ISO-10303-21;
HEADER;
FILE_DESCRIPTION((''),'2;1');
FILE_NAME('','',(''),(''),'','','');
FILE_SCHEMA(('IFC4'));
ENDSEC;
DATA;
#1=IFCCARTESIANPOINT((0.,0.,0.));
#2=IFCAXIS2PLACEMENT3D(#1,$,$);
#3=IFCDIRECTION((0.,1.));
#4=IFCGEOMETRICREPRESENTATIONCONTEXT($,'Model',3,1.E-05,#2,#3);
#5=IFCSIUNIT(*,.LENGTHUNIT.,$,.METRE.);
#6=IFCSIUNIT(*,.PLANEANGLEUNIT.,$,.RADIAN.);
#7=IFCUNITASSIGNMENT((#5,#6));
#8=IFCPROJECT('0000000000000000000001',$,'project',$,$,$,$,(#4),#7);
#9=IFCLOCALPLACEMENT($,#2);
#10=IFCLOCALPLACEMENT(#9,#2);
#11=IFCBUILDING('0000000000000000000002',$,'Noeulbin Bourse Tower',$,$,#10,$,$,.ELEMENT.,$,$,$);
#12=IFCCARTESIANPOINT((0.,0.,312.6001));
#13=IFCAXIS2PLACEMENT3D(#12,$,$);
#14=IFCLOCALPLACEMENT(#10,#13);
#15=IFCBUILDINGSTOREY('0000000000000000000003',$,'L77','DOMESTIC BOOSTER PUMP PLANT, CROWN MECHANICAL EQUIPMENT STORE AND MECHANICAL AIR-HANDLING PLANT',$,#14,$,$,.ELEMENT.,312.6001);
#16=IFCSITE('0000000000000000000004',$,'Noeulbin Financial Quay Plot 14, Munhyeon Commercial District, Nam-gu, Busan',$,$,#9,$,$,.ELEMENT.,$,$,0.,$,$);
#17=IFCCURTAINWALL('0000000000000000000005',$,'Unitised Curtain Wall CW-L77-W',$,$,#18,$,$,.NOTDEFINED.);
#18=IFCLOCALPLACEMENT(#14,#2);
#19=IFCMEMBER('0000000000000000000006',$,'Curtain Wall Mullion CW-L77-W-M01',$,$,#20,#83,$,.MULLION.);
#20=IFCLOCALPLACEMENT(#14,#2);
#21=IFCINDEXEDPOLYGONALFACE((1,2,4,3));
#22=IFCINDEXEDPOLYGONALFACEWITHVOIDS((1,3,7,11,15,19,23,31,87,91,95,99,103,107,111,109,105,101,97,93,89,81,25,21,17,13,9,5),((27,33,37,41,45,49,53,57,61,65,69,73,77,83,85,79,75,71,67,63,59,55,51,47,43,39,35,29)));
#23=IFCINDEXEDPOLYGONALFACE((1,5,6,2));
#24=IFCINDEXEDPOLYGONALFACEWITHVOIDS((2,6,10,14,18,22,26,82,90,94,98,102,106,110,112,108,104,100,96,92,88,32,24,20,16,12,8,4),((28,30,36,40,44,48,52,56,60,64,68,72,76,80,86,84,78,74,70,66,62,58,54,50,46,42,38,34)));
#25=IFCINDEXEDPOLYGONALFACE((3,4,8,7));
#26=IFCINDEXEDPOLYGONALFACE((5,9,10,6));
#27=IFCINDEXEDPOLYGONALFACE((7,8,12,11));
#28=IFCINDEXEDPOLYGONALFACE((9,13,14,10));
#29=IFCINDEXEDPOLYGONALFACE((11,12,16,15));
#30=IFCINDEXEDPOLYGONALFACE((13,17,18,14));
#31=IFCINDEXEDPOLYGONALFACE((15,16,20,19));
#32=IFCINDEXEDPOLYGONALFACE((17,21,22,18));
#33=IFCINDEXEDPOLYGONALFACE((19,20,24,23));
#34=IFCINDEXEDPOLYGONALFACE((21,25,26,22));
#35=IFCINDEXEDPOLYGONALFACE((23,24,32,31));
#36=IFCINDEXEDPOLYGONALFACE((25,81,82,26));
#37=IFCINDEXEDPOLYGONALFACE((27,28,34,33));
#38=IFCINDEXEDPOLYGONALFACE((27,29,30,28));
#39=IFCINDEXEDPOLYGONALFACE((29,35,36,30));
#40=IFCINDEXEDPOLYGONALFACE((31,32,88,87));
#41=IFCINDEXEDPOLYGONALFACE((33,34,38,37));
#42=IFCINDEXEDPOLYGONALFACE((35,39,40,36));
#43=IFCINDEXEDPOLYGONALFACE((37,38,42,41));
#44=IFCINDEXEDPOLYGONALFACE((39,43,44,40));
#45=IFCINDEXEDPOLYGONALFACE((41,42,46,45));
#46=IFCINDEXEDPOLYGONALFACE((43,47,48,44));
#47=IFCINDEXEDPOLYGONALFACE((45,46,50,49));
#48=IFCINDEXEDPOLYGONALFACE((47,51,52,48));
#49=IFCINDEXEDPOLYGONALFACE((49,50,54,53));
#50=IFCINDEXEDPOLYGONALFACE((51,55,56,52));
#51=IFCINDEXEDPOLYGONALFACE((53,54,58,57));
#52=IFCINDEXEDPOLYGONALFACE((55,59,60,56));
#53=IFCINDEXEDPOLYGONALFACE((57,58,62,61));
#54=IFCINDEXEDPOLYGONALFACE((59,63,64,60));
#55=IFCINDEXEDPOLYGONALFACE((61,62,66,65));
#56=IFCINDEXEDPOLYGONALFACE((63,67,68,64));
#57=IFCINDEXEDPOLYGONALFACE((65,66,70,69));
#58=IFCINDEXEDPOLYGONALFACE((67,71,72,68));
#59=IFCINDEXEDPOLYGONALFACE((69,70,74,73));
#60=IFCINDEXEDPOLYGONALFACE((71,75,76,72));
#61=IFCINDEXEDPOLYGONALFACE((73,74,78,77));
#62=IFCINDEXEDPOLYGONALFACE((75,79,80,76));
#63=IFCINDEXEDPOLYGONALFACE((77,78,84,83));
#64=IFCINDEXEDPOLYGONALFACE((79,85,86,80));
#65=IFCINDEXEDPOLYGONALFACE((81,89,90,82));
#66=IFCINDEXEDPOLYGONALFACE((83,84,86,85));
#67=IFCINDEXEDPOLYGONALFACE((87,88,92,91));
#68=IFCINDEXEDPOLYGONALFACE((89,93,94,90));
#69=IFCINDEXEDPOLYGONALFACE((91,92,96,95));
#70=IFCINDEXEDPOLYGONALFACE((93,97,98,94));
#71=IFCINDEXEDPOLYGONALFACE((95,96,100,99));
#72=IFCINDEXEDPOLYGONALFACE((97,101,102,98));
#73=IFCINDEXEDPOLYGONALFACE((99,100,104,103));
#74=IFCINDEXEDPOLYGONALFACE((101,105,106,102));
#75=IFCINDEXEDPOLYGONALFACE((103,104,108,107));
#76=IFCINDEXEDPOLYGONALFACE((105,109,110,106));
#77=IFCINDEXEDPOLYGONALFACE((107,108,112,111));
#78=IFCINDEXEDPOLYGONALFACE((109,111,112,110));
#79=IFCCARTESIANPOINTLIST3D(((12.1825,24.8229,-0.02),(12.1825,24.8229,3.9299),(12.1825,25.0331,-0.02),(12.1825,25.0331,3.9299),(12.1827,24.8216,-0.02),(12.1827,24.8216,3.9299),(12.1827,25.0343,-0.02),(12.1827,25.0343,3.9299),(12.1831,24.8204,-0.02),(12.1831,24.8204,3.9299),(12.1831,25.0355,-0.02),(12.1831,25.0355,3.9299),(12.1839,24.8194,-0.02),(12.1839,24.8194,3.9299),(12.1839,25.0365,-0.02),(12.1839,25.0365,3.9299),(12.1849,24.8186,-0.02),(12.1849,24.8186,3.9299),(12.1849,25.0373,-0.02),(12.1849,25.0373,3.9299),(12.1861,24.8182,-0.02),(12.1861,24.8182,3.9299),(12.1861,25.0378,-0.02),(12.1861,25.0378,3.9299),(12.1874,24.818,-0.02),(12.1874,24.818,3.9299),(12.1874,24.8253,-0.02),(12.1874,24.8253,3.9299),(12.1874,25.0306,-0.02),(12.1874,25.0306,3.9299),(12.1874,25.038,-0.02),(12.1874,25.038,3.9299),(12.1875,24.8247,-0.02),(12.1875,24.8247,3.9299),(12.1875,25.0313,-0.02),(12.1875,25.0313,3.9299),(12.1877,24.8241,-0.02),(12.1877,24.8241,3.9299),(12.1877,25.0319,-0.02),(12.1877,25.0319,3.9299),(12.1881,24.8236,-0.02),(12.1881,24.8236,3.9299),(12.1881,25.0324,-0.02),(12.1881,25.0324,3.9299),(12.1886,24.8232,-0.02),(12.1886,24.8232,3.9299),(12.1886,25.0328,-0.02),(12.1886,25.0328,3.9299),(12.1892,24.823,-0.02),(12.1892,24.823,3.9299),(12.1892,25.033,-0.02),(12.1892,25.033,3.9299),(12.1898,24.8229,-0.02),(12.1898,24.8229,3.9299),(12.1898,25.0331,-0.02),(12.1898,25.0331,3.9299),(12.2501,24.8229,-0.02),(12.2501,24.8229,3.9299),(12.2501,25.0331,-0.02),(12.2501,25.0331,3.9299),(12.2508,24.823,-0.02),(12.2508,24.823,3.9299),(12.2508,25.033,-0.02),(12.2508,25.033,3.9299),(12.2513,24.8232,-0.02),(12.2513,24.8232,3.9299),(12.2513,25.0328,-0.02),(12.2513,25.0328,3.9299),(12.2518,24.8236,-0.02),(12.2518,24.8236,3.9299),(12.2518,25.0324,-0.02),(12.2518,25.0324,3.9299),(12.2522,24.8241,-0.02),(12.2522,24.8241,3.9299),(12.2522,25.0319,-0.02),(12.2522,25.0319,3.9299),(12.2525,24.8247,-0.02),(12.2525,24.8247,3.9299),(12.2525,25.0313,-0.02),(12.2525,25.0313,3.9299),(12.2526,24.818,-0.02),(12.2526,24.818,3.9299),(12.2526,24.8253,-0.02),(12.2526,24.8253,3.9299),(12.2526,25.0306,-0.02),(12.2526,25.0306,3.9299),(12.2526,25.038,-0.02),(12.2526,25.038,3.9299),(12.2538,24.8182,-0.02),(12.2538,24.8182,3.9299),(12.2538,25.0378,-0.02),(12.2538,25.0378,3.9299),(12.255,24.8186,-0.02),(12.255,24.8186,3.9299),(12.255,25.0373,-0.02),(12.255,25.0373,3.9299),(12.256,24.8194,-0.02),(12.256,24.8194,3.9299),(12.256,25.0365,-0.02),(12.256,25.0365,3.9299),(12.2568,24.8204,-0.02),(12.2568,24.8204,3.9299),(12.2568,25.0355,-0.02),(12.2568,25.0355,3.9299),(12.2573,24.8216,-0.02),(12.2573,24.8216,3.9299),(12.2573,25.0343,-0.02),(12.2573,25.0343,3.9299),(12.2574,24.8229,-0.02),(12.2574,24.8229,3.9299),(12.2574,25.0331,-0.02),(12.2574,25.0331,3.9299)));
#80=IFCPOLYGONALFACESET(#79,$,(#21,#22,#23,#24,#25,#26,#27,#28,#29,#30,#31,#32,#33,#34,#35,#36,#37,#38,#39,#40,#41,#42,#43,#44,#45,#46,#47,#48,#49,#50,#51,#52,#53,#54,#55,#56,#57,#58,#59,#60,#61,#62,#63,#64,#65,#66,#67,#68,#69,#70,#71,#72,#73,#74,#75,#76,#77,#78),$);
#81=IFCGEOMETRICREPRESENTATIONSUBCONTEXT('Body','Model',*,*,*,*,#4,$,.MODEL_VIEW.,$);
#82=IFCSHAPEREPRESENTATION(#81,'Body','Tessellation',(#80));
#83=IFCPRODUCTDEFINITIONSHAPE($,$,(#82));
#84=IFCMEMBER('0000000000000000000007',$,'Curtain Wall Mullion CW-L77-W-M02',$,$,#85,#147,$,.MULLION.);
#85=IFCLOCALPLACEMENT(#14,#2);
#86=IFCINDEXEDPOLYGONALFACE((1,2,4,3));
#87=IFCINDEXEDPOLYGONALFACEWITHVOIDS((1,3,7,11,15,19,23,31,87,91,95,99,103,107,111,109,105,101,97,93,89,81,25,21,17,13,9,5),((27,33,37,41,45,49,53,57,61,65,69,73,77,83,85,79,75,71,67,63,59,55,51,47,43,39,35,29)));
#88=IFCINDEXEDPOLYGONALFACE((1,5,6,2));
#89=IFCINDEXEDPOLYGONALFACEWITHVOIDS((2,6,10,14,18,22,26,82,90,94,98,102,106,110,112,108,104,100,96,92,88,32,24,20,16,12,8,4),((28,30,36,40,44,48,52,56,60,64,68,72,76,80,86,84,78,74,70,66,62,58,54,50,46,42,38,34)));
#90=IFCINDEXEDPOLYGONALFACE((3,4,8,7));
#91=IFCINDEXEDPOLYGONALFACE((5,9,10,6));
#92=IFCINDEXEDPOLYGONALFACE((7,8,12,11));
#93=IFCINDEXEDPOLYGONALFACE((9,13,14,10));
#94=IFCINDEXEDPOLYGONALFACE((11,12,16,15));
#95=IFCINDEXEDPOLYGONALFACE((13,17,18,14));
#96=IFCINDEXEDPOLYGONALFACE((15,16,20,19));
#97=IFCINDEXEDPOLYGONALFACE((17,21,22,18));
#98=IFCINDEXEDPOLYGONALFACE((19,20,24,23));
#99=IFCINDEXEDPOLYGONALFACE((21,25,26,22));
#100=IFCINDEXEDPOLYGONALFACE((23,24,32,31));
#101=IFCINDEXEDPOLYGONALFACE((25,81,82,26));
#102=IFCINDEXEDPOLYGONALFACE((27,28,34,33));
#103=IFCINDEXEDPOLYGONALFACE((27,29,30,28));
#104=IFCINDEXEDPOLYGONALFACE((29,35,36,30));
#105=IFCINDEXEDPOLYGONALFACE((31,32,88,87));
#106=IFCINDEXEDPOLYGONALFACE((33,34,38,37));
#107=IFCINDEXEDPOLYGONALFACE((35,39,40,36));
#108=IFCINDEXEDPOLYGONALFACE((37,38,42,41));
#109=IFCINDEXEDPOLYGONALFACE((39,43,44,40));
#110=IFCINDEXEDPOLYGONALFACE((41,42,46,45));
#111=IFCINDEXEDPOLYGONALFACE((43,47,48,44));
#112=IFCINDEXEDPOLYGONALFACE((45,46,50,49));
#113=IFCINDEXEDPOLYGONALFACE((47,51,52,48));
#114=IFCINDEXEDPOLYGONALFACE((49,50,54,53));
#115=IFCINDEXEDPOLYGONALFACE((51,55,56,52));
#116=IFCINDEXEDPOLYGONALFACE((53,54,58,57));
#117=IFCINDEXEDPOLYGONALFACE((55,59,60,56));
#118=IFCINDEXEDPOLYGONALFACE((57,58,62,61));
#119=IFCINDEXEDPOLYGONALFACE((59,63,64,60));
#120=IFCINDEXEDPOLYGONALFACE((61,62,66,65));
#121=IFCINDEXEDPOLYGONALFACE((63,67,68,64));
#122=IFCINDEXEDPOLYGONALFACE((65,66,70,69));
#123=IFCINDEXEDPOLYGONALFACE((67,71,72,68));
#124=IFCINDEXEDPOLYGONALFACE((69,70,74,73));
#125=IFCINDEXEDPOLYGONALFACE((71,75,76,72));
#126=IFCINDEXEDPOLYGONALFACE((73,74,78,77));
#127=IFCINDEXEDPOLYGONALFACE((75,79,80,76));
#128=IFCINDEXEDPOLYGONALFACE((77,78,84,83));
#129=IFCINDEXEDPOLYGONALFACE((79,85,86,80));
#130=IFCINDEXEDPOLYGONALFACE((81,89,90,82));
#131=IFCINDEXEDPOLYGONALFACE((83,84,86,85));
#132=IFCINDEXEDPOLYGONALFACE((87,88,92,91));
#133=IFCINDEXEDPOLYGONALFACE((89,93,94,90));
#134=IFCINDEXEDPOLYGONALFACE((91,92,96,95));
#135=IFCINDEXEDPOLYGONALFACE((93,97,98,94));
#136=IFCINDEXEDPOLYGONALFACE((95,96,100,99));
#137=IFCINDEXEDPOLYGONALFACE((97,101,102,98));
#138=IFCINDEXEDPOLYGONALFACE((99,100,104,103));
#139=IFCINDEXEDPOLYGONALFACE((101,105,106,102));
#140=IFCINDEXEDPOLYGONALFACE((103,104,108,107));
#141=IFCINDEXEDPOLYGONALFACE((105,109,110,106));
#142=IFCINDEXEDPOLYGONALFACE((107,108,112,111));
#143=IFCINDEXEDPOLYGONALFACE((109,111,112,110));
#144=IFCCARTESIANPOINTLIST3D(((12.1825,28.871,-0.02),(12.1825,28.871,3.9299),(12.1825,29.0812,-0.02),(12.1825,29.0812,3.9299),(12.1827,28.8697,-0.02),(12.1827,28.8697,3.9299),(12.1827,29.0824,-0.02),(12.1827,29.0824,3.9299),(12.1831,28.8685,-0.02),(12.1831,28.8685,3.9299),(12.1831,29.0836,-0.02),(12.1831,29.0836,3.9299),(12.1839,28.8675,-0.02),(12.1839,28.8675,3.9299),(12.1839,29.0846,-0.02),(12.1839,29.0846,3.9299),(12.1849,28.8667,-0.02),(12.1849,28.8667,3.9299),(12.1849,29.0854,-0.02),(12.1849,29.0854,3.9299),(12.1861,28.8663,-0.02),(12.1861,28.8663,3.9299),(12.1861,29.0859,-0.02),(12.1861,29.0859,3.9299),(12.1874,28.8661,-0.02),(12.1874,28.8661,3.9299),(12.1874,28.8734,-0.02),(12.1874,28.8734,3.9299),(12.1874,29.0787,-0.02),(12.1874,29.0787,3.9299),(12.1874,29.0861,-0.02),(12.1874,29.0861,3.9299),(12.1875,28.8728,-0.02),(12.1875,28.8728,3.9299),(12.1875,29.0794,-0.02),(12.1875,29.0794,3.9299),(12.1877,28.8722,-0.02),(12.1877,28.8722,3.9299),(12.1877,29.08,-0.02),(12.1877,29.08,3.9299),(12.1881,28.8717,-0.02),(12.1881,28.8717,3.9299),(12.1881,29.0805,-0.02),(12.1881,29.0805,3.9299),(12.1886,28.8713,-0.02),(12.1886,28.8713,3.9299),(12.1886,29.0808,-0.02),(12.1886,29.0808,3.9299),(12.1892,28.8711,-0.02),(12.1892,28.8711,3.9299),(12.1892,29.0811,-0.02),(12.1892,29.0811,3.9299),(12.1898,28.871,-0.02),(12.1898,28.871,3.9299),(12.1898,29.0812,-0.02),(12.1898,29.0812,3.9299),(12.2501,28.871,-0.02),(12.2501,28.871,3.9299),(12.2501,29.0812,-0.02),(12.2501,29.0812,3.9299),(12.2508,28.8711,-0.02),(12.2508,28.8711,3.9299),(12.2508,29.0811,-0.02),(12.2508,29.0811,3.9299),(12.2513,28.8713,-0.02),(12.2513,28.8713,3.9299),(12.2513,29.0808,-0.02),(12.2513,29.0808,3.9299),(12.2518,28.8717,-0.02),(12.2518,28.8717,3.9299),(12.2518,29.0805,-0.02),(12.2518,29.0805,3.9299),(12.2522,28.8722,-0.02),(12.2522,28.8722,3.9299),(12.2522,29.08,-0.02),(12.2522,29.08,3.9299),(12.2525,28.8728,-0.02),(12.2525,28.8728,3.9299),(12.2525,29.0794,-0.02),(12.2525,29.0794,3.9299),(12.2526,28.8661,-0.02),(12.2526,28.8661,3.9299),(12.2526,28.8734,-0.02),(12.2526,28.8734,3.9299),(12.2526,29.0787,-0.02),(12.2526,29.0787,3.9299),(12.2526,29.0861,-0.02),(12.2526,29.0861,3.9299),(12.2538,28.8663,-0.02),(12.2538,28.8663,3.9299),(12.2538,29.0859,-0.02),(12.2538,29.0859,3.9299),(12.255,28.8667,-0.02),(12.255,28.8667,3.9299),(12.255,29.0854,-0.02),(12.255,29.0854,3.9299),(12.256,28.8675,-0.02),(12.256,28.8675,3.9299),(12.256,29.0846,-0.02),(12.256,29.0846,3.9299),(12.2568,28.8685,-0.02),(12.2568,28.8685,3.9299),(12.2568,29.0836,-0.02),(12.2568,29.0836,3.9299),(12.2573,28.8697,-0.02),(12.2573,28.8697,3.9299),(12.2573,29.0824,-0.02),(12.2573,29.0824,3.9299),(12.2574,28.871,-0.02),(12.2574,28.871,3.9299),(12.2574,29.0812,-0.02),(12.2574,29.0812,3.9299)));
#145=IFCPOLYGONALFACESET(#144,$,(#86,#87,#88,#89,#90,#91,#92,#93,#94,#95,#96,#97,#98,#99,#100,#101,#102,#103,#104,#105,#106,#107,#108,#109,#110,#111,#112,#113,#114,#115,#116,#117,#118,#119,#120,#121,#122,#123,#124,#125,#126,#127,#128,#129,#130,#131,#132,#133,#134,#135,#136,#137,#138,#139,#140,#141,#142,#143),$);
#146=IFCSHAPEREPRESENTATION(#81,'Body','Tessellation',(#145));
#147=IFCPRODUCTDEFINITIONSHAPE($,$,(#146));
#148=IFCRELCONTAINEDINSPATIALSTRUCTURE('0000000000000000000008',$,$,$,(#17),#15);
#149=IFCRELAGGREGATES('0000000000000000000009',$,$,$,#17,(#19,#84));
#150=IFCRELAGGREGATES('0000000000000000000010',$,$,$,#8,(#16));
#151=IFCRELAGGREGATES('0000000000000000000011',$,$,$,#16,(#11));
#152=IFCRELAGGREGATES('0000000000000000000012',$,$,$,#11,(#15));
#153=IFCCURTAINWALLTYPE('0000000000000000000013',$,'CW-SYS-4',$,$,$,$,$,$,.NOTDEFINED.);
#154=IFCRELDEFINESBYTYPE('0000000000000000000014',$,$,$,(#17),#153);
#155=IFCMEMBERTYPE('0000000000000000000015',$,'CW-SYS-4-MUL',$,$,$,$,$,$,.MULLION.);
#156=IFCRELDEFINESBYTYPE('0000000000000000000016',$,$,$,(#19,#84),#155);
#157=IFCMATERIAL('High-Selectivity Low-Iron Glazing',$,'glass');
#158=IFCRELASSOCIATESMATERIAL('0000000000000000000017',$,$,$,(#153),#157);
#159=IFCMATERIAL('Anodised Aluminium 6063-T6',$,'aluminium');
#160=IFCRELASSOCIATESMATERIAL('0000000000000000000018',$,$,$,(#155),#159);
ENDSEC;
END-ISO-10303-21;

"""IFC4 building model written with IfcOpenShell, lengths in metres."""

from ifc_helpers import new_model, si_unit, direction, frame, origin, origin_2d, place, context, subcontext, project, spatial, hollow_rectangle, extrude, material, material_profile, profile_set, type_object, element, aggregate, save


model = new_model("IFC4")

# Units and contexts
model_context = context("Model", 3, precision=1e-05, world=origin(), true_north=direction((0.0, 1.0)))
body_context = subcontext(model_context, "Body", "Model", "MODEL_VIEW")
ifc_project = project(units=[si_unit("LENGTHUNIT", "METRE"), si_unit("PLANEANGLEUNIT", "RADIAN")], contexts=[model_context])

# Site, building, storey
site_placement = place(None, origin())
site = spatial("IfcSite", under=ifc_project, at=site_placement, Name="Noeulbin Financial Quay Plot 14, Munhyeon Commercial District, Nam-gu, Busan", CompositionType="ELEMENT", RefElevation=0.0)
building_placement = place(site_placement, origin())
building = spatial("IfcBuilding", under=site, at=building_placement, Name="Noeulbin Bourse Tower", CompositionType="ELEMENT")
storey_placement = place(building_placement, frame((0.0, 0.0, 312.6001)))
storey = spatial("IfcBuildingStorey", under=building, at=storey_placement, Name="L77", Description="DOMESTIC BOOSTER PUMP PLANT, CROWN MECHANICAL EQUIPMENT STORE AND MECHANICAL AIR-HANDLING PLANT", CompositionType="ELEMENT", Elevation=312.6001)

# Curtain wall, members
ifc_material_1 = material(Name="High-Selectivity Low-Iron Glazing", Category="glass")
curtain_wall_type = type_object("IfcCurtainWallType", Name="CW-SYS-4", PredefinedType="NOTDEFINED", material=ifc_material_1)
curtain_wall_placement = place(storey_placement, origin())
curtain_wall = element("IfcCurtainWall", 1, at=curtain_wall_placement, inside=storey, type_object=curtain_wall_type, Name="Unitised Curtain Wall CW-L77-W", PredefinedType="NOTDEFINED")
ifc_material_2 = material(Name="Anodised Aluminium 6063-T6", Category="aluminium")
ifc_material_profile_1 = material_profile(ifc_material_2, hollow_rectangle(XDim=0.075, YDim=0.22, WallThickness=0.0049, InnerFilletRadius=0.0024, OuterFilletRadius=0.0049, at=origin_2d()), Name="ALU-MULL-75x220x5", Category="LoadBearing")
ifc_profile_set_1 = profile_set([ifc_material_profile_1], Name="Anodised Aluminium 6063-T6")
member_type_1 = type_object("IfcMemberType", Name="CW-SYS-4-MUL", PredefinedType="MULLION", material=ifc_profile_set_1)
member_1_placement = place(storey_placement, frame((12.22, 24.928, -0.02), z_axis=(0.0, 0.0, 1.0), x_axis=(1.0, 0.0, 0.0)))
member_1 = element("IfcMember", 2, at=member_1_placement, type_object=member_type_1, Name="Curtain Wall Mullion CW-L77-W-M01", PredefinedType="MULLION", context=body_context, shape_type="SweptSolid", body=[
    extrude(hollow_rectangle(XDim=0.075, YDim=0.22, WallThickness=0.0049, InnerFilletRadius=0.0024, OuterFilletRadius=0.0049, at=origin_2d()), origin(), (0.0, 0.0, 1.0), 3.95),
])
member_2_placement = place(storey_placement, frame((12.22, 28.9761, -0.02), z_axis=(0.0, 0.0, 1.0), x_axis=(1.0, 0.0, 0.0)))
member_2 = element("IfcMember", 3, at=member_2_placement, type_object=member_type_1, Name="Curtain Wall Mullion CW-L77-W-M02", PredefinedType="MULLION", context=body_context, shape_type="SweptSolid", body=[
    extrude(hollow_rectangle(XDim=0.075, YDim=0.22, WallThickness=0.0049, InnerFilletRadius=0.0024, OuterFilletRadius=0.0049, at=origin_2d()), origin(), (0.0, 0.0, 1.0), 3.95),
])
aggregate(curtain_wall, [member_1, member_2])

save(model, "model.ifc")
